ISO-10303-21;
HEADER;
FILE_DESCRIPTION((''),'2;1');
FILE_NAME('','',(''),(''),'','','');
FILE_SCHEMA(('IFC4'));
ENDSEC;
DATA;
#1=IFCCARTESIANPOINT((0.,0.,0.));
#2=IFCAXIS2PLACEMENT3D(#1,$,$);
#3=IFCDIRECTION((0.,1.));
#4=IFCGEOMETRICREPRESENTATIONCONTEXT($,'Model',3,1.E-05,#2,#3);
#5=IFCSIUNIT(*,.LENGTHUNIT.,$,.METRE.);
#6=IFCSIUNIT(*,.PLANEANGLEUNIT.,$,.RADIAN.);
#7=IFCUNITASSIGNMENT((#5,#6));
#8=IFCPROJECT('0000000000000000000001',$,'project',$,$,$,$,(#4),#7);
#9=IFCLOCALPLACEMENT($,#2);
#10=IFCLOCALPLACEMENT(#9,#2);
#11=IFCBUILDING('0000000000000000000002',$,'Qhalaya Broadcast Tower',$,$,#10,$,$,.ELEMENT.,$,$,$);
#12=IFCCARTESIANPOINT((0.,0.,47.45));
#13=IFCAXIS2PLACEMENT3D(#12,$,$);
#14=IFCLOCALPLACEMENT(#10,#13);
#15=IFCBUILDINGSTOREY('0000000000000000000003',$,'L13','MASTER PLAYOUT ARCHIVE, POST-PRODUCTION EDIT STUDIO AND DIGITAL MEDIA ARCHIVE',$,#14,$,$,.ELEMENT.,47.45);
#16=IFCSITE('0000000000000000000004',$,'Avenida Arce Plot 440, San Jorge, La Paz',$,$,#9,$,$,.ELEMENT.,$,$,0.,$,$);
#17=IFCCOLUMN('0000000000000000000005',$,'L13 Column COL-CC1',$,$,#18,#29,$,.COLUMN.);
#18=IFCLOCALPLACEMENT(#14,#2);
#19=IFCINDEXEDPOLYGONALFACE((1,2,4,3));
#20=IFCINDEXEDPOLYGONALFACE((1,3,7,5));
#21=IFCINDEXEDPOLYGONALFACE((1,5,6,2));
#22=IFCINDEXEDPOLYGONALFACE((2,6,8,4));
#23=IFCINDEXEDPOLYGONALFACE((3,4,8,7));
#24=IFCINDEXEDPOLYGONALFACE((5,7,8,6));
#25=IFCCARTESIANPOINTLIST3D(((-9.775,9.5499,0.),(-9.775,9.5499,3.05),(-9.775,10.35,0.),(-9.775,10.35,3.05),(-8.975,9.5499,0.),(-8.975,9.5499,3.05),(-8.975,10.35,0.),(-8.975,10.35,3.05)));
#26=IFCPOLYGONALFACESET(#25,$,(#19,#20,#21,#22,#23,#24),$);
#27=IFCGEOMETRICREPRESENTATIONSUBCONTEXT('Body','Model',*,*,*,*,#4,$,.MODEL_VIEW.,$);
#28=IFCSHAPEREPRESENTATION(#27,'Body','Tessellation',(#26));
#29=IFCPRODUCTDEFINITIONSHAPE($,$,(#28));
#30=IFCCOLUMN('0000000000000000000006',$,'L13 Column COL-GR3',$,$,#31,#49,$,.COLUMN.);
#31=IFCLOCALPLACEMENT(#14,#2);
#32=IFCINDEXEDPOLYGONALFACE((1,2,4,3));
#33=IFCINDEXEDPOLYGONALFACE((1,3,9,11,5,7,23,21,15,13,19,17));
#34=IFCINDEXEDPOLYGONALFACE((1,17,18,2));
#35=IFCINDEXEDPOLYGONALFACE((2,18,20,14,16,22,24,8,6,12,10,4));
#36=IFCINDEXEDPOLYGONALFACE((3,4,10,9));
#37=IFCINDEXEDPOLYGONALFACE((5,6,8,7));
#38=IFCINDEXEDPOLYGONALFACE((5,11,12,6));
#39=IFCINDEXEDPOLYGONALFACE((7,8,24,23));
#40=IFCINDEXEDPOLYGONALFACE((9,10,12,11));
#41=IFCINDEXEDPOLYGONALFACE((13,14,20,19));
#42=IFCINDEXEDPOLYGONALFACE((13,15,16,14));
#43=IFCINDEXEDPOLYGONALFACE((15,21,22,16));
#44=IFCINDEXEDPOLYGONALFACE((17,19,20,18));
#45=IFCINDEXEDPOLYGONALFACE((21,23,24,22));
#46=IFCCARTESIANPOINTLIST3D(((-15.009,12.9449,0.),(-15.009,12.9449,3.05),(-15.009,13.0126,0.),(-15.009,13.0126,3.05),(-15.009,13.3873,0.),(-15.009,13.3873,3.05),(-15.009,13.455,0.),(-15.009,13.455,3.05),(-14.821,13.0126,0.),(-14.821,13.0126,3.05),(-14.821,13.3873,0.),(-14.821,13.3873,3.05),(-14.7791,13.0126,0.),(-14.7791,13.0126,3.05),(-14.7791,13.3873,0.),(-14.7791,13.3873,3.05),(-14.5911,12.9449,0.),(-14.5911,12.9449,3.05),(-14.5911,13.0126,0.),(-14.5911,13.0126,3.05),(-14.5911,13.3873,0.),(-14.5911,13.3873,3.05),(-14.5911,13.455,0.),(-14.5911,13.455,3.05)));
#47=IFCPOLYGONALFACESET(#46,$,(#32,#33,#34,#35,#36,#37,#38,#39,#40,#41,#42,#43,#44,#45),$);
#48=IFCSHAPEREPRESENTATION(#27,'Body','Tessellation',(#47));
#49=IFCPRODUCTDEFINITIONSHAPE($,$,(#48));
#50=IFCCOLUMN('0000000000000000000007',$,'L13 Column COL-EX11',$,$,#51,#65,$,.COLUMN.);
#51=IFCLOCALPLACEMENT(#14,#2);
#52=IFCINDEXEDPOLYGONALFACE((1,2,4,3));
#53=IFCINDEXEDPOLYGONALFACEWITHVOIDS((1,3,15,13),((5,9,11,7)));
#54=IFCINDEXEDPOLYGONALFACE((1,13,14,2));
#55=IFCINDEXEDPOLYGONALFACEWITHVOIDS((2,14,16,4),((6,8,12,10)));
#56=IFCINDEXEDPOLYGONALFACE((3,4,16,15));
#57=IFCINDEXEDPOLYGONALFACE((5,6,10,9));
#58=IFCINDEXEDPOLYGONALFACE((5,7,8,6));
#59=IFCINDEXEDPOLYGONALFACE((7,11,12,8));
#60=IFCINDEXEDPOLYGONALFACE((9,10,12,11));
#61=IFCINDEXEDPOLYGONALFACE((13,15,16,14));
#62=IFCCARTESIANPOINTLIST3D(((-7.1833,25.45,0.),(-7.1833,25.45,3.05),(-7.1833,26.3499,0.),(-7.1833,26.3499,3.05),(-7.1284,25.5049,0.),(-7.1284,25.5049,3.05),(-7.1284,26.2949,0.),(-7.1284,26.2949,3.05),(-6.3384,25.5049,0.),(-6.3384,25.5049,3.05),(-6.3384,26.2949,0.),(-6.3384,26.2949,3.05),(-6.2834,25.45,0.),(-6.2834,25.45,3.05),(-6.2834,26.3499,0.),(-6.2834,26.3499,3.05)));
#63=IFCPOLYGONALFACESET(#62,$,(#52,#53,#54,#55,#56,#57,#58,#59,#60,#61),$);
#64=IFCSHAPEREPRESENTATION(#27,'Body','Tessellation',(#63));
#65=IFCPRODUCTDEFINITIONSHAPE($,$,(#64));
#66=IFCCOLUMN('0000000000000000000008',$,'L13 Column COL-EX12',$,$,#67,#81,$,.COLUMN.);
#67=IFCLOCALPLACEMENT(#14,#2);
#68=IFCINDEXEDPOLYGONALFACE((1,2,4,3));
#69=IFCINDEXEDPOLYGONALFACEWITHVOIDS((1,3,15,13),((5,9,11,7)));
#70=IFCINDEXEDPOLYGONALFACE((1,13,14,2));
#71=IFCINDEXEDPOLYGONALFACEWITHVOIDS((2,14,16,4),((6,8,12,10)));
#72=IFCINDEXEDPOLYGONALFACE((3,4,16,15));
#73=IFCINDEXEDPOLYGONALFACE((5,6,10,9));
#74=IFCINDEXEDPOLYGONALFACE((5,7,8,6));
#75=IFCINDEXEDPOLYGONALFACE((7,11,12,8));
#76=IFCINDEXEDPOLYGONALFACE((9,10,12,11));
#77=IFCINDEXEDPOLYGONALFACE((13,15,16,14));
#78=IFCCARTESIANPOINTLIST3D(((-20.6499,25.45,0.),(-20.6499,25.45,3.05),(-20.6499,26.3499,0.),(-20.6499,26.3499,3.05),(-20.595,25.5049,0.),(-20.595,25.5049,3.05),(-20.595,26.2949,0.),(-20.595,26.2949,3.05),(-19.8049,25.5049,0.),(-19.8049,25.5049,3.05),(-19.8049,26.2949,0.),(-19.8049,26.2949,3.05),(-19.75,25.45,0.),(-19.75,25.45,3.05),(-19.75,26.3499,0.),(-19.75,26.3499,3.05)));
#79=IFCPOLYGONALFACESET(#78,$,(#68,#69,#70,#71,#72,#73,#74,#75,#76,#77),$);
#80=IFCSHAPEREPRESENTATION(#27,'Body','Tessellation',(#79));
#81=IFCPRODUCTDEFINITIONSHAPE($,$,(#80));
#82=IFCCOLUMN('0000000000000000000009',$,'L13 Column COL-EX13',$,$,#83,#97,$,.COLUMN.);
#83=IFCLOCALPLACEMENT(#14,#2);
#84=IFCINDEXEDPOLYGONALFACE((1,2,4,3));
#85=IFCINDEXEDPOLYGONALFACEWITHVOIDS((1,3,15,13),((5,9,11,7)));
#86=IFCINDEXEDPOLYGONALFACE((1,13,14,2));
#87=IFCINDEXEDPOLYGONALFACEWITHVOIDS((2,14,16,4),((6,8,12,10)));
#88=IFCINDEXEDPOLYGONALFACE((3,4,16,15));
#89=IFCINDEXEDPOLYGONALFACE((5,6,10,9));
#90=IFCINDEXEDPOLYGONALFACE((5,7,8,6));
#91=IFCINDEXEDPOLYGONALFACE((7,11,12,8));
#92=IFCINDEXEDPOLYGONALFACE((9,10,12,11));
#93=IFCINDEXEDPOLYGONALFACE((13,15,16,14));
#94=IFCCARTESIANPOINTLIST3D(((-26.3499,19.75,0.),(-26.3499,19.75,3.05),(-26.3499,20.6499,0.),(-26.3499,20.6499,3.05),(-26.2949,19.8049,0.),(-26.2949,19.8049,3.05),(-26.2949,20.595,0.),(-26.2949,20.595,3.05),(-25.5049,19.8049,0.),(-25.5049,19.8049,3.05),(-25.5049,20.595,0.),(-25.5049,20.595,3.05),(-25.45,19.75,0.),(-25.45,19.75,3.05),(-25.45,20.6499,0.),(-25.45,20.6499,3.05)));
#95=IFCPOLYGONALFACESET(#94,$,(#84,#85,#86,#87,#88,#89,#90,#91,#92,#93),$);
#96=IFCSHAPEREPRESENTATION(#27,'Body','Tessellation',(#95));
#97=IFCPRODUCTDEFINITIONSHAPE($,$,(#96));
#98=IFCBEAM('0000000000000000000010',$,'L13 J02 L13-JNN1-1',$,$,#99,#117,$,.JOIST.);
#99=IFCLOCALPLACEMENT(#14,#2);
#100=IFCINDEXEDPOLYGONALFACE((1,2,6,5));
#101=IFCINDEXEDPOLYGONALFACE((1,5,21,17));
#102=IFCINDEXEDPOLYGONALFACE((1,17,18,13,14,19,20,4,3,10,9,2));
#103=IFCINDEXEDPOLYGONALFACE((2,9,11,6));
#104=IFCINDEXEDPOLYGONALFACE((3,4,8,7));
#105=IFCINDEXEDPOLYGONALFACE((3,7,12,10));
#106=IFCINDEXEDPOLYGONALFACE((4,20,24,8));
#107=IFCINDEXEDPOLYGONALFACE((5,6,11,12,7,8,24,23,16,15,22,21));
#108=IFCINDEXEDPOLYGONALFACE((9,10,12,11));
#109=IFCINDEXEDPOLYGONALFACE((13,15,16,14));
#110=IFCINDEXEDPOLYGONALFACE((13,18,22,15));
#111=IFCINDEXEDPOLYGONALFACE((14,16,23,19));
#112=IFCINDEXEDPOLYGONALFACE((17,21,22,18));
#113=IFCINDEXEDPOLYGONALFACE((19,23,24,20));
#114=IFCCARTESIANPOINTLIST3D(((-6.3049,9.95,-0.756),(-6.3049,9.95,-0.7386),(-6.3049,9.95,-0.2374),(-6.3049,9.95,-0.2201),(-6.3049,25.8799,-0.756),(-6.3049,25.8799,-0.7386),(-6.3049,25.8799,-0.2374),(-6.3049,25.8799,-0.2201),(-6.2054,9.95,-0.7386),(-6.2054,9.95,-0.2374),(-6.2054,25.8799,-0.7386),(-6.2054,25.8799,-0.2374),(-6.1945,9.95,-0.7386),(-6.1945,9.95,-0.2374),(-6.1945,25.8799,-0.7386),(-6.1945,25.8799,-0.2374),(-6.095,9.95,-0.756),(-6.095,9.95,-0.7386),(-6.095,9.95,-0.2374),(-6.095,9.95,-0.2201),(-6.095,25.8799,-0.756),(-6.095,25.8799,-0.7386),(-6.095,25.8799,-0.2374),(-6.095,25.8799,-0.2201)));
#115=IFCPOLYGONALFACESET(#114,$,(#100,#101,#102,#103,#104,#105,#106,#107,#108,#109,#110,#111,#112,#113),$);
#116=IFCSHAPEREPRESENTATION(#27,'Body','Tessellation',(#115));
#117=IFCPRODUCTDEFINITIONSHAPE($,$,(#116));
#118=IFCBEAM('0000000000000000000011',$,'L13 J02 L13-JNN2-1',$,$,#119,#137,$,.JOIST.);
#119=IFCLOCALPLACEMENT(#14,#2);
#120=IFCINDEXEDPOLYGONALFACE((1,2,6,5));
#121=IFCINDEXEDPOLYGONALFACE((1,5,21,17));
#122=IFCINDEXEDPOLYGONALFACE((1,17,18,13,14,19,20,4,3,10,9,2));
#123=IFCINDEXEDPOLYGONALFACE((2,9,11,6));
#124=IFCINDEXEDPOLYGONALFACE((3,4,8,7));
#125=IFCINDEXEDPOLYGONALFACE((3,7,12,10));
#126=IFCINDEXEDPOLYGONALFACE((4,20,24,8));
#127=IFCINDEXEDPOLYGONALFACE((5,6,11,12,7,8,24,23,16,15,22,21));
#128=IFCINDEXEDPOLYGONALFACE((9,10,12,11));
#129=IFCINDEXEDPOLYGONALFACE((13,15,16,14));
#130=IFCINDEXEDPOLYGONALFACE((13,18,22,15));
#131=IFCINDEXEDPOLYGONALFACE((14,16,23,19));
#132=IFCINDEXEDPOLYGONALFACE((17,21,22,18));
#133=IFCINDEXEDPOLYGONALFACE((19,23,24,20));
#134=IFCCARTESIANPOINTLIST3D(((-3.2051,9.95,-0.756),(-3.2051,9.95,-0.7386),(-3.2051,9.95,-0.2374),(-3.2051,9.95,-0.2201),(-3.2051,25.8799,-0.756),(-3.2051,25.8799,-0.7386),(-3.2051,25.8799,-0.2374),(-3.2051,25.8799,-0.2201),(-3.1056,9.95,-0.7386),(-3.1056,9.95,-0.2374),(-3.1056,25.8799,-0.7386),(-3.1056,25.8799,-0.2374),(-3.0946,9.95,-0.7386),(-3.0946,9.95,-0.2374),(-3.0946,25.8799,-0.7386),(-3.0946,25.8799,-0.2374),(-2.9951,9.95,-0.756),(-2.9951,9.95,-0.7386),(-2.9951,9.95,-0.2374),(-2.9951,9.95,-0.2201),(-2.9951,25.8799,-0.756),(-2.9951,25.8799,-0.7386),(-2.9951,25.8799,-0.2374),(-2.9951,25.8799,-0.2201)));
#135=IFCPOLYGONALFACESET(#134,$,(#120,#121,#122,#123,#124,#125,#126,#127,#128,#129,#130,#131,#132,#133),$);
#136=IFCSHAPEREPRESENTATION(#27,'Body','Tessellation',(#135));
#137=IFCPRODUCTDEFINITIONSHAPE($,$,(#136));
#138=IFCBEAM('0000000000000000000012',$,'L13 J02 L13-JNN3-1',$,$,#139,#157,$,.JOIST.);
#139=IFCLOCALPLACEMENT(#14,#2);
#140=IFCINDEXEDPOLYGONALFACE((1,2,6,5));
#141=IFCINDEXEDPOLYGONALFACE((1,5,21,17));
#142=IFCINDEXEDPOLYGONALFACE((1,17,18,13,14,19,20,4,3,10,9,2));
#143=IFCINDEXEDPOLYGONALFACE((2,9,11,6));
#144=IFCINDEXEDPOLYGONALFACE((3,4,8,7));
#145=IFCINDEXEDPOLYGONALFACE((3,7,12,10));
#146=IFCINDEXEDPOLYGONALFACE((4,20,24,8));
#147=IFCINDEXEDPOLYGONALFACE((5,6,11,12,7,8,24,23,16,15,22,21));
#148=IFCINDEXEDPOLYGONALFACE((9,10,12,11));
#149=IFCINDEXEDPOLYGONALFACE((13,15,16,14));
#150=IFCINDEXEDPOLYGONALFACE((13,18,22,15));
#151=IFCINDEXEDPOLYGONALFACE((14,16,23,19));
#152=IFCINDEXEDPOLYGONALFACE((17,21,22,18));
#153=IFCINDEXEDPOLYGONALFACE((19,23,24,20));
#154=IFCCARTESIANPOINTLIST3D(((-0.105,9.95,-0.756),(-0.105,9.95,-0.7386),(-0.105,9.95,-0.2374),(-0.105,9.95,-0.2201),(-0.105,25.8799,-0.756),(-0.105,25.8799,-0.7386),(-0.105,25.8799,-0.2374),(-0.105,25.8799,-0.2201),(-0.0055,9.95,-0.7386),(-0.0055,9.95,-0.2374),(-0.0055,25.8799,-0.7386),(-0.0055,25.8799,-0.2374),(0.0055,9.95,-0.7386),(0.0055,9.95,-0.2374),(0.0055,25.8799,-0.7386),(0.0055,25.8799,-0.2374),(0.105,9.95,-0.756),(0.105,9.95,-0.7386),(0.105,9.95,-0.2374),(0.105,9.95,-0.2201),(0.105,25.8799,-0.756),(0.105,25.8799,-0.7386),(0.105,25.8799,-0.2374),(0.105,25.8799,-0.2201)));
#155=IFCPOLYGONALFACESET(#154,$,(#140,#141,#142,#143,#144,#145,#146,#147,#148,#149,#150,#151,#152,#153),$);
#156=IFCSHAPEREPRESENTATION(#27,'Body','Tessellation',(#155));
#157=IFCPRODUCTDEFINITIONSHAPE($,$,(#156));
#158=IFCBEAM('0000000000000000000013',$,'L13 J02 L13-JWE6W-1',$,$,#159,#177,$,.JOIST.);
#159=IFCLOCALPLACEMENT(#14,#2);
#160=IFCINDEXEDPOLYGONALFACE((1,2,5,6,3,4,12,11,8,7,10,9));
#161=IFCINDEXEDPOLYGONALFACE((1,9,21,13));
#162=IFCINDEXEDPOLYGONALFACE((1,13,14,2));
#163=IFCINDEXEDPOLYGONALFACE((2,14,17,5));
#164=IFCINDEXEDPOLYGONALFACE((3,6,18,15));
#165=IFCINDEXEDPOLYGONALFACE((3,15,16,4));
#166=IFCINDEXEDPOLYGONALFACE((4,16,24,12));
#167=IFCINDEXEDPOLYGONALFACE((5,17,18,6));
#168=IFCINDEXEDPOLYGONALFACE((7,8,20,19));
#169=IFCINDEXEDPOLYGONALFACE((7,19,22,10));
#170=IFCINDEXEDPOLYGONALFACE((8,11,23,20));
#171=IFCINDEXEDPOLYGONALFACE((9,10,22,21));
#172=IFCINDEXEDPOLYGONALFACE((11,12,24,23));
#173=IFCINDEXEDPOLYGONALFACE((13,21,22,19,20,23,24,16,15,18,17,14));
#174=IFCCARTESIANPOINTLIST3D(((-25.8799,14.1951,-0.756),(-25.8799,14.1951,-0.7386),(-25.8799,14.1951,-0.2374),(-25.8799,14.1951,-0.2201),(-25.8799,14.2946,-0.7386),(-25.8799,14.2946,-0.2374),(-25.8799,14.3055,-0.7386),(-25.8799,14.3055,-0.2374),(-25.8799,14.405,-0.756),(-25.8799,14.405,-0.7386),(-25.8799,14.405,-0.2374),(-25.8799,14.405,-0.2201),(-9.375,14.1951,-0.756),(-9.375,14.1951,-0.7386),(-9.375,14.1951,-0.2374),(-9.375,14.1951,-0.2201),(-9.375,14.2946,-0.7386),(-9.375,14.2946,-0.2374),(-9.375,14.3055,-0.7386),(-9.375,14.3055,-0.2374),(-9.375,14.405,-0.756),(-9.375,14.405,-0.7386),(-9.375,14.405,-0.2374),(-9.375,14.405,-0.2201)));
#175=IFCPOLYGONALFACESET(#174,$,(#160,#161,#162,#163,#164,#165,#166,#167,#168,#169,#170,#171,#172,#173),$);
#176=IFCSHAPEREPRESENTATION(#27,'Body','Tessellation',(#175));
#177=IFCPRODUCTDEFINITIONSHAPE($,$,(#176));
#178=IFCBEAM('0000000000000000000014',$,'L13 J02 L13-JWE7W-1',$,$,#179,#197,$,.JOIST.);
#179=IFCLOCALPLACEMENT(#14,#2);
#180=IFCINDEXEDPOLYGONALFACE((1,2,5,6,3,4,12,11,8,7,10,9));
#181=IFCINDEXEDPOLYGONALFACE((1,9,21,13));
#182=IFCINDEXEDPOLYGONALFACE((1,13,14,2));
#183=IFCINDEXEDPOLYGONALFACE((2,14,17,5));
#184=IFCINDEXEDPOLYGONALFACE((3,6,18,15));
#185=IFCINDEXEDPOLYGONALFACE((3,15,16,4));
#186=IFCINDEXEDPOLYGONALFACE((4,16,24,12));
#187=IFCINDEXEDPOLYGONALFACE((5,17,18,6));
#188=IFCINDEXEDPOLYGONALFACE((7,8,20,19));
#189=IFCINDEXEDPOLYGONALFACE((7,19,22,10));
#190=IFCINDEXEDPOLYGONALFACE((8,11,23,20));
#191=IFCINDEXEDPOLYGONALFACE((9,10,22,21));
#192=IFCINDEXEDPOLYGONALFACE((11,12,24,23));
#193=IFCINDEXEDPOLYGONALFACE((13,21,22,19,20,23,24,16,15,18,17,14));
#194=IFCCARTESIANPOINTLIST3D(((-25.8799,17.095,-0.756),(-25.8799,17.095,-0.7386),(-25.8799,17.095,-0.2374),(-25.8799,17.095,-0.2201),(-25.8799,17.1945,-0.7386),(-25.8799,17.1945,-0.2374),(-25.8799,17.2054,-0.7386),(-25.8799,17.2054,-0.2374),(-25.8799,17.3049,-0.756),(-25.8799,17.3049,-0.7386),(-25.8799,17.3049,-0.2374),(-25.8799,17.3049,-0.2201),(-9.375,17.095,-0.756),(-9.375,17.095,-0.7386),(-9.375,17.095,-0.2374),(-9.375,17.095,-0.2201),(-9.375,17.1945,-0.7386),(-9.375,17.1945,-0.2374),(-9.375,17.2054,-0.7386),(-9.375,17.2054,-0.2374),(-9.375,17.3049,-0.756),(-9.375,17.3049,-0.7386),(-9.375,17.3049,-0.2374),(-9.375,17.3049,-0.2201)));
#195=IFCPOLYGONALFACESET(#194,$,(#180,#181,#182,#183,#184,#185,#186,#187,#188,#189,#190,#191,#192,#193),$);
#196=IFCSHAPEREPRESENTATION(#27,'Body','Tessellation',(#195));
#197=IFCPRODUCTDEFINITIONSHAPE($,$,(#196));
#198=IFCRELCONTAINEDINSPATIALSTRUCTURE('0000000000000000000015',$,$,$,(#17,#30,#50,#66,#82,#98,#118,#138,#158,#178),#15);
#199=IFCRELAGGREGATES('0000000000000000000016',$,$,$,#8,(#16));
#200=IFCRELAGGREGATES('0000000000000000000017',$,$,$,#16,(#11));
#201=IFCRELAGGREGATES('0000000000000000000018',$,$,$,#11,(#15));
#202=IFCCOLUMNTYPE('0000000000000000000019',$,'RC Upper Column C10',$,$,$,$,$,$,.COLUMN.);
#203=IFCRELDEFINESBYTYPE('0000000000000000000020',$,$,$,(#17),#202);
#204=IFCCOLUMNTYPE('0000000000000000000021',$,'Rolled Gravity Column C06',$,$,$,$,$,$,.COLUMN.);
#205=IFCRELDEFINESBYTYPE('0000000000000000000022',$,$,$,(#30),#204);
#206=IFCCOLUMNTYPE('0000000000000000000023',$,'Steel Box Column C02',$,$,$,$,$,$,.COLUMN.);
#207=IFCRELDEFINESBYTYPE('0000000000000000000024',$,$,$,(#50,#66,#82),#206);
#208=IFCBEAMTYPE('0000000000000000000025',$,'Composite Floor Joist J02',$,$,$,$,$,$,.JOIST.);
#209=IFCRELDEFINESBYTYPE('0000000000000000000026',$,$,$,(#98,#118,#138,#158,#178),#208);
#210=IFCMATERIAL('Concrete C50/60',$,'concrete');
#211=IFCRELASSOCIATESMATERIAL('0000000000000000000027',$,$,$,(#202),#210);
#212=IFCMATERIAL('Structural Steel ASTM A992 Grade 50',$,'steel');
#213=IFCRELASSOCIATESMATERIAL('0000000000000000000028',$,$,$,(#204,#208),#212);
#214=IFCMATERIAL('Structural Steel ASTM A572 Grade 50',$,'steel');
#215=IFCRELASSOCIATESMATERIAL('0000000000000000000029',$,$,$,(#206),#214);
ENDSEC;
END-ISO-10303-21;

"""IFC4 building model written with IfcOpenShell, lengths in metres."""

from ifc_helpers import new_model, si_unit, direction, frame, origin, origin_2d, place, context, subcontext, project, spatial, rectangle, hollow_rectangle, i_section, extrude, material, material_profile, profile_set, type_object, element, save


model = new_model("IFC4")

# Units and contexts
model_context = context("Model", 3, precision=1e-05, world=origin(), true_north=direction((0.0, 1.0)))
body_context = subcontext(model_context, "Body", "Model", "MODEL_VIEW")
ifc_project = project(units=[si_unit("LENGTHUNIT", "METRE"), si_unit("PLANEANGLEUNIT", "RADIAN")], contexts=[model_context])

# Site, building, storey
site_placement = place(None, origin())
site = spatial("IfcSite", under=ifc_project, at=site_placement, Name="Avenida Arce Plot 440, San Jorge, La Paz", CompositionType="ELEMENT", RefElevation=0.0)
building_placement = place(site_placement, origin())
building = spatial("IfcBuilding", under=site, at=building_placement, Name="Qhalaya Broadcast Tower", CompositionType="ELEMENT")
storey_placement = place(building_placement, frame((0.0, 0.0, 47.45)))
storey = spatial("IfcBuildingStorey", under=building, at=storey_placement, Name="L13", Description="MASTER PLAYOUT ARCHIVE, POST-PRODUCTION EDIT STUDIO AND DIGITAL MEDIA ARCHIVE", CompositionType="ELEMENT", Elevation=47.45)

# Columns
ifc_material_1 = material(Name="Concrete C50/60", Category="concrete")
ifc_material_profile_1 = material_profile(ifc_material_1, rectangle(XDim=0.8, YDim=0.8, at=origin_2d()), Name="RC-COL 800x800")
ifc_profile_set_1 = profile_set([ifc_material_profile_1], Name="Concrete C50/60")
column_type_1 = type_object("IfcColumnType", Name="RC Upper Column C10", PredefinedType="COLUMN", material=ifc_profile_set_1)
column_1_placement = place(storey_placement, frame((-9.375, 9.95, 0.0), z_axis=(0.0, 0.0, 1.0), x_axis=(1.0, 0.0, 0.0)))
element("IfcColumn", 1, at=column_1_placement, inside=storey, type_object=column_type_1, Name="L13 Column COL-CC1", PredefinedType="COLUMN", context=body_context, shape_type="SweptSolid", body=[
    extrude(rectangle(XDim=0.8, YDim=0.8, at=origin_2d()), origin(), (0.0, 0.0, 1.0), 3.05),
])
ifc_material_2 = material(Name="Structural Steel ASTM A992 Grade 50", Category="steel")
ifc_material_profile_2 = material_profile(ifc_material_2, i_section(OverallWidth=0.418, OverallDepth=0.51, WebThickness=0.042, FlangeThickness=0.0676, at=origin_2d()), Name="W14X370")
ifc_profile_set_2 = profile_set([ifc_material_profile_2], Name="Structural Steel ASTM A992 Grade 50")
column_type_2 = type_object("IfcColumnType", Name="Rolled Gravity Column C06", PredefinedType="COLUMN", material=ifc_profile_set_2)
column_2_placement = place(storey_placement, frame((-14.8, 13.2, 0.0), z_axis=(0.0, 0.0, 1.0), x_axis=(1.0, 0.0, 0.0)))
element("IfcColumn", 2, at=column_2_placement, inside=storey, type_object=column_type_2, Name="L13 Column COL-GR3", PredefinedType="COLUMN", context=body_context, shape_type="SweptSolid", body=[
    extrude(i_section(OverallWidth=0.418, OverallDepth=0.51, WebThickness=0.042, FlangeThickness=0.0676, at=origin_2d()), origin(), (0.0, 0.0, 1.0), 3.05),
])
ifc_material_3 = material(Name="Structural Steel ASTM A572 Grade 50", Category="steel")
ifc_material_profile_3 = material_profile(ifc_material_3, hollow_rectangle(XDim=0.8999, YDim=0.8999, WallThickness=0.0549, at=origin_2d()), Name="BOX 900x900x55")
ifc_profile_set_3 = profile_set([ifc_material_profile_3], Name="Structural Steel ASTM A572 Grade 50")
column_type_3 = type_object("IfcColumnType", Name="Steel Box Column C02", PredefinedType="COLUMN", material=ifc_profile_set_3)
for number, where, z_axis, x_axis, name in (
    (3, (-6.7334, 25.8999, 0.0), (0.0, 0.0, 1.0), (1.0, 0.0, 0.0), "L13 Column COL-EX11"),
    (4, (-20.2, 25.8999, 0.0), (0.0, 0.0, 1.0), (1.0, 0.0, 0.0), "L13 Column COL-EX12"),
    (5, (-25.8999, 20.2, 0.0), (0.0, 0.0, 1.0), (0.0, 1.0, 0.0), "L13 Column COL-EX13"),
):
    element("IfcColumn", number, at=place(storey_placement, frame(where, z_axis=z_axis, x_axis=x_axis)), inside=storey, type_object=column_type_3, Name=name, PredefinedType="COLUMN", context=body_context, shape_type="SweptSolid", body=[
        extrude(hollow_rectangle(XDim=0.8999, YDim=0.8999, WallThickness=0.0549, at=origin_2d()), origin(), (0.0, 0.0, 1.0), 3.05),
    ])

# Beams
ifc_material_profile_4 = material_profile(ifc_material_2, i_section(OverallWidth=0.21, OverallDepth=0.5359, WebThickness=0.011, FlangeThickness=0.0173, at=origin_2d()), Name="W21X68")
ifc_profile_set_4 = profile_set([ifc_material_profile_4], Name="Structural Steel ASTM A992 Grade 50")
beam_type_1 = type_object("IfcBeamType", Name="Composite Floor Joist J02", PredefinedType="JOIST", material=ifc_profile_set_4)
for number, where, z_axis, x_axis, name in (
    (6, (-6.2, 9.95, -0.488), (0.0, 1.0, 0.0), (-1.0, 0.0, 0.0), "L13 J02 L13-JNN1-1"),
    (7, (-3.1001, 9.95, -0.488), (0.0, 1.0, 0.0), (-1.0, 0.0, 0.0), "L13 J02 L13-JNN2-1"),
    (8, (0.0, 9.95, -0.488), (0.0, 1.0, 0.0), (-1.0, 0.0, 0.0), "L13 J02 L13-JNN3-1"),
):
    element("IfcBeam", number, at=place(storey_placement, frame(where, z_axis=z_axis, x_axis=x_axis)), inside=storey, type_object=beam_type_1, Name=name, PredefinedType="JOIST", context=body_context, shape_type="SweptSolid", body=[
        extrude(i_section(OverallWidth=0.21, OverallDepth=0.5359, WebThickness=0.011, FlangeThickness=0.0173, at=origin_2d()), origin(), (0.0, 0.0, 1.0), 15.9299),
    ])
for number, where, z_axis, x_axis, name in (
    (9, (-25.8799, 14.3, -0.488), (1.0, 0.0, 0.0), (0.0, 1.0, 0.0), "L13 J02 L13-JWE6W-1"),
    (10, (-25.8799, 17.2, -0.488), (1.0, 0.0, 0.0), (0.0, 1.0, 0.0), "L13 J02 L13-JWE7W-1"),
):
    element("IfcBeam", number, at=place(storey_placement, frame(where, z_axis=z_axis, x_axis=x_axis)), inside=storey, type_object=beam_type_1, Name=name, PredefinedType="JOIST", context=body_context, shape_type="SweptSolid", body=[
        extrude(i_section(OverallWidth=0.21, OverallDepth=0.5359, WebThickness=0.011, FlangeThickness=0.0173, at=origin_2d()), origin(), (0.0, 0.0, 1.0), 16.5049),
    ])

save(model, "model.ifc")
